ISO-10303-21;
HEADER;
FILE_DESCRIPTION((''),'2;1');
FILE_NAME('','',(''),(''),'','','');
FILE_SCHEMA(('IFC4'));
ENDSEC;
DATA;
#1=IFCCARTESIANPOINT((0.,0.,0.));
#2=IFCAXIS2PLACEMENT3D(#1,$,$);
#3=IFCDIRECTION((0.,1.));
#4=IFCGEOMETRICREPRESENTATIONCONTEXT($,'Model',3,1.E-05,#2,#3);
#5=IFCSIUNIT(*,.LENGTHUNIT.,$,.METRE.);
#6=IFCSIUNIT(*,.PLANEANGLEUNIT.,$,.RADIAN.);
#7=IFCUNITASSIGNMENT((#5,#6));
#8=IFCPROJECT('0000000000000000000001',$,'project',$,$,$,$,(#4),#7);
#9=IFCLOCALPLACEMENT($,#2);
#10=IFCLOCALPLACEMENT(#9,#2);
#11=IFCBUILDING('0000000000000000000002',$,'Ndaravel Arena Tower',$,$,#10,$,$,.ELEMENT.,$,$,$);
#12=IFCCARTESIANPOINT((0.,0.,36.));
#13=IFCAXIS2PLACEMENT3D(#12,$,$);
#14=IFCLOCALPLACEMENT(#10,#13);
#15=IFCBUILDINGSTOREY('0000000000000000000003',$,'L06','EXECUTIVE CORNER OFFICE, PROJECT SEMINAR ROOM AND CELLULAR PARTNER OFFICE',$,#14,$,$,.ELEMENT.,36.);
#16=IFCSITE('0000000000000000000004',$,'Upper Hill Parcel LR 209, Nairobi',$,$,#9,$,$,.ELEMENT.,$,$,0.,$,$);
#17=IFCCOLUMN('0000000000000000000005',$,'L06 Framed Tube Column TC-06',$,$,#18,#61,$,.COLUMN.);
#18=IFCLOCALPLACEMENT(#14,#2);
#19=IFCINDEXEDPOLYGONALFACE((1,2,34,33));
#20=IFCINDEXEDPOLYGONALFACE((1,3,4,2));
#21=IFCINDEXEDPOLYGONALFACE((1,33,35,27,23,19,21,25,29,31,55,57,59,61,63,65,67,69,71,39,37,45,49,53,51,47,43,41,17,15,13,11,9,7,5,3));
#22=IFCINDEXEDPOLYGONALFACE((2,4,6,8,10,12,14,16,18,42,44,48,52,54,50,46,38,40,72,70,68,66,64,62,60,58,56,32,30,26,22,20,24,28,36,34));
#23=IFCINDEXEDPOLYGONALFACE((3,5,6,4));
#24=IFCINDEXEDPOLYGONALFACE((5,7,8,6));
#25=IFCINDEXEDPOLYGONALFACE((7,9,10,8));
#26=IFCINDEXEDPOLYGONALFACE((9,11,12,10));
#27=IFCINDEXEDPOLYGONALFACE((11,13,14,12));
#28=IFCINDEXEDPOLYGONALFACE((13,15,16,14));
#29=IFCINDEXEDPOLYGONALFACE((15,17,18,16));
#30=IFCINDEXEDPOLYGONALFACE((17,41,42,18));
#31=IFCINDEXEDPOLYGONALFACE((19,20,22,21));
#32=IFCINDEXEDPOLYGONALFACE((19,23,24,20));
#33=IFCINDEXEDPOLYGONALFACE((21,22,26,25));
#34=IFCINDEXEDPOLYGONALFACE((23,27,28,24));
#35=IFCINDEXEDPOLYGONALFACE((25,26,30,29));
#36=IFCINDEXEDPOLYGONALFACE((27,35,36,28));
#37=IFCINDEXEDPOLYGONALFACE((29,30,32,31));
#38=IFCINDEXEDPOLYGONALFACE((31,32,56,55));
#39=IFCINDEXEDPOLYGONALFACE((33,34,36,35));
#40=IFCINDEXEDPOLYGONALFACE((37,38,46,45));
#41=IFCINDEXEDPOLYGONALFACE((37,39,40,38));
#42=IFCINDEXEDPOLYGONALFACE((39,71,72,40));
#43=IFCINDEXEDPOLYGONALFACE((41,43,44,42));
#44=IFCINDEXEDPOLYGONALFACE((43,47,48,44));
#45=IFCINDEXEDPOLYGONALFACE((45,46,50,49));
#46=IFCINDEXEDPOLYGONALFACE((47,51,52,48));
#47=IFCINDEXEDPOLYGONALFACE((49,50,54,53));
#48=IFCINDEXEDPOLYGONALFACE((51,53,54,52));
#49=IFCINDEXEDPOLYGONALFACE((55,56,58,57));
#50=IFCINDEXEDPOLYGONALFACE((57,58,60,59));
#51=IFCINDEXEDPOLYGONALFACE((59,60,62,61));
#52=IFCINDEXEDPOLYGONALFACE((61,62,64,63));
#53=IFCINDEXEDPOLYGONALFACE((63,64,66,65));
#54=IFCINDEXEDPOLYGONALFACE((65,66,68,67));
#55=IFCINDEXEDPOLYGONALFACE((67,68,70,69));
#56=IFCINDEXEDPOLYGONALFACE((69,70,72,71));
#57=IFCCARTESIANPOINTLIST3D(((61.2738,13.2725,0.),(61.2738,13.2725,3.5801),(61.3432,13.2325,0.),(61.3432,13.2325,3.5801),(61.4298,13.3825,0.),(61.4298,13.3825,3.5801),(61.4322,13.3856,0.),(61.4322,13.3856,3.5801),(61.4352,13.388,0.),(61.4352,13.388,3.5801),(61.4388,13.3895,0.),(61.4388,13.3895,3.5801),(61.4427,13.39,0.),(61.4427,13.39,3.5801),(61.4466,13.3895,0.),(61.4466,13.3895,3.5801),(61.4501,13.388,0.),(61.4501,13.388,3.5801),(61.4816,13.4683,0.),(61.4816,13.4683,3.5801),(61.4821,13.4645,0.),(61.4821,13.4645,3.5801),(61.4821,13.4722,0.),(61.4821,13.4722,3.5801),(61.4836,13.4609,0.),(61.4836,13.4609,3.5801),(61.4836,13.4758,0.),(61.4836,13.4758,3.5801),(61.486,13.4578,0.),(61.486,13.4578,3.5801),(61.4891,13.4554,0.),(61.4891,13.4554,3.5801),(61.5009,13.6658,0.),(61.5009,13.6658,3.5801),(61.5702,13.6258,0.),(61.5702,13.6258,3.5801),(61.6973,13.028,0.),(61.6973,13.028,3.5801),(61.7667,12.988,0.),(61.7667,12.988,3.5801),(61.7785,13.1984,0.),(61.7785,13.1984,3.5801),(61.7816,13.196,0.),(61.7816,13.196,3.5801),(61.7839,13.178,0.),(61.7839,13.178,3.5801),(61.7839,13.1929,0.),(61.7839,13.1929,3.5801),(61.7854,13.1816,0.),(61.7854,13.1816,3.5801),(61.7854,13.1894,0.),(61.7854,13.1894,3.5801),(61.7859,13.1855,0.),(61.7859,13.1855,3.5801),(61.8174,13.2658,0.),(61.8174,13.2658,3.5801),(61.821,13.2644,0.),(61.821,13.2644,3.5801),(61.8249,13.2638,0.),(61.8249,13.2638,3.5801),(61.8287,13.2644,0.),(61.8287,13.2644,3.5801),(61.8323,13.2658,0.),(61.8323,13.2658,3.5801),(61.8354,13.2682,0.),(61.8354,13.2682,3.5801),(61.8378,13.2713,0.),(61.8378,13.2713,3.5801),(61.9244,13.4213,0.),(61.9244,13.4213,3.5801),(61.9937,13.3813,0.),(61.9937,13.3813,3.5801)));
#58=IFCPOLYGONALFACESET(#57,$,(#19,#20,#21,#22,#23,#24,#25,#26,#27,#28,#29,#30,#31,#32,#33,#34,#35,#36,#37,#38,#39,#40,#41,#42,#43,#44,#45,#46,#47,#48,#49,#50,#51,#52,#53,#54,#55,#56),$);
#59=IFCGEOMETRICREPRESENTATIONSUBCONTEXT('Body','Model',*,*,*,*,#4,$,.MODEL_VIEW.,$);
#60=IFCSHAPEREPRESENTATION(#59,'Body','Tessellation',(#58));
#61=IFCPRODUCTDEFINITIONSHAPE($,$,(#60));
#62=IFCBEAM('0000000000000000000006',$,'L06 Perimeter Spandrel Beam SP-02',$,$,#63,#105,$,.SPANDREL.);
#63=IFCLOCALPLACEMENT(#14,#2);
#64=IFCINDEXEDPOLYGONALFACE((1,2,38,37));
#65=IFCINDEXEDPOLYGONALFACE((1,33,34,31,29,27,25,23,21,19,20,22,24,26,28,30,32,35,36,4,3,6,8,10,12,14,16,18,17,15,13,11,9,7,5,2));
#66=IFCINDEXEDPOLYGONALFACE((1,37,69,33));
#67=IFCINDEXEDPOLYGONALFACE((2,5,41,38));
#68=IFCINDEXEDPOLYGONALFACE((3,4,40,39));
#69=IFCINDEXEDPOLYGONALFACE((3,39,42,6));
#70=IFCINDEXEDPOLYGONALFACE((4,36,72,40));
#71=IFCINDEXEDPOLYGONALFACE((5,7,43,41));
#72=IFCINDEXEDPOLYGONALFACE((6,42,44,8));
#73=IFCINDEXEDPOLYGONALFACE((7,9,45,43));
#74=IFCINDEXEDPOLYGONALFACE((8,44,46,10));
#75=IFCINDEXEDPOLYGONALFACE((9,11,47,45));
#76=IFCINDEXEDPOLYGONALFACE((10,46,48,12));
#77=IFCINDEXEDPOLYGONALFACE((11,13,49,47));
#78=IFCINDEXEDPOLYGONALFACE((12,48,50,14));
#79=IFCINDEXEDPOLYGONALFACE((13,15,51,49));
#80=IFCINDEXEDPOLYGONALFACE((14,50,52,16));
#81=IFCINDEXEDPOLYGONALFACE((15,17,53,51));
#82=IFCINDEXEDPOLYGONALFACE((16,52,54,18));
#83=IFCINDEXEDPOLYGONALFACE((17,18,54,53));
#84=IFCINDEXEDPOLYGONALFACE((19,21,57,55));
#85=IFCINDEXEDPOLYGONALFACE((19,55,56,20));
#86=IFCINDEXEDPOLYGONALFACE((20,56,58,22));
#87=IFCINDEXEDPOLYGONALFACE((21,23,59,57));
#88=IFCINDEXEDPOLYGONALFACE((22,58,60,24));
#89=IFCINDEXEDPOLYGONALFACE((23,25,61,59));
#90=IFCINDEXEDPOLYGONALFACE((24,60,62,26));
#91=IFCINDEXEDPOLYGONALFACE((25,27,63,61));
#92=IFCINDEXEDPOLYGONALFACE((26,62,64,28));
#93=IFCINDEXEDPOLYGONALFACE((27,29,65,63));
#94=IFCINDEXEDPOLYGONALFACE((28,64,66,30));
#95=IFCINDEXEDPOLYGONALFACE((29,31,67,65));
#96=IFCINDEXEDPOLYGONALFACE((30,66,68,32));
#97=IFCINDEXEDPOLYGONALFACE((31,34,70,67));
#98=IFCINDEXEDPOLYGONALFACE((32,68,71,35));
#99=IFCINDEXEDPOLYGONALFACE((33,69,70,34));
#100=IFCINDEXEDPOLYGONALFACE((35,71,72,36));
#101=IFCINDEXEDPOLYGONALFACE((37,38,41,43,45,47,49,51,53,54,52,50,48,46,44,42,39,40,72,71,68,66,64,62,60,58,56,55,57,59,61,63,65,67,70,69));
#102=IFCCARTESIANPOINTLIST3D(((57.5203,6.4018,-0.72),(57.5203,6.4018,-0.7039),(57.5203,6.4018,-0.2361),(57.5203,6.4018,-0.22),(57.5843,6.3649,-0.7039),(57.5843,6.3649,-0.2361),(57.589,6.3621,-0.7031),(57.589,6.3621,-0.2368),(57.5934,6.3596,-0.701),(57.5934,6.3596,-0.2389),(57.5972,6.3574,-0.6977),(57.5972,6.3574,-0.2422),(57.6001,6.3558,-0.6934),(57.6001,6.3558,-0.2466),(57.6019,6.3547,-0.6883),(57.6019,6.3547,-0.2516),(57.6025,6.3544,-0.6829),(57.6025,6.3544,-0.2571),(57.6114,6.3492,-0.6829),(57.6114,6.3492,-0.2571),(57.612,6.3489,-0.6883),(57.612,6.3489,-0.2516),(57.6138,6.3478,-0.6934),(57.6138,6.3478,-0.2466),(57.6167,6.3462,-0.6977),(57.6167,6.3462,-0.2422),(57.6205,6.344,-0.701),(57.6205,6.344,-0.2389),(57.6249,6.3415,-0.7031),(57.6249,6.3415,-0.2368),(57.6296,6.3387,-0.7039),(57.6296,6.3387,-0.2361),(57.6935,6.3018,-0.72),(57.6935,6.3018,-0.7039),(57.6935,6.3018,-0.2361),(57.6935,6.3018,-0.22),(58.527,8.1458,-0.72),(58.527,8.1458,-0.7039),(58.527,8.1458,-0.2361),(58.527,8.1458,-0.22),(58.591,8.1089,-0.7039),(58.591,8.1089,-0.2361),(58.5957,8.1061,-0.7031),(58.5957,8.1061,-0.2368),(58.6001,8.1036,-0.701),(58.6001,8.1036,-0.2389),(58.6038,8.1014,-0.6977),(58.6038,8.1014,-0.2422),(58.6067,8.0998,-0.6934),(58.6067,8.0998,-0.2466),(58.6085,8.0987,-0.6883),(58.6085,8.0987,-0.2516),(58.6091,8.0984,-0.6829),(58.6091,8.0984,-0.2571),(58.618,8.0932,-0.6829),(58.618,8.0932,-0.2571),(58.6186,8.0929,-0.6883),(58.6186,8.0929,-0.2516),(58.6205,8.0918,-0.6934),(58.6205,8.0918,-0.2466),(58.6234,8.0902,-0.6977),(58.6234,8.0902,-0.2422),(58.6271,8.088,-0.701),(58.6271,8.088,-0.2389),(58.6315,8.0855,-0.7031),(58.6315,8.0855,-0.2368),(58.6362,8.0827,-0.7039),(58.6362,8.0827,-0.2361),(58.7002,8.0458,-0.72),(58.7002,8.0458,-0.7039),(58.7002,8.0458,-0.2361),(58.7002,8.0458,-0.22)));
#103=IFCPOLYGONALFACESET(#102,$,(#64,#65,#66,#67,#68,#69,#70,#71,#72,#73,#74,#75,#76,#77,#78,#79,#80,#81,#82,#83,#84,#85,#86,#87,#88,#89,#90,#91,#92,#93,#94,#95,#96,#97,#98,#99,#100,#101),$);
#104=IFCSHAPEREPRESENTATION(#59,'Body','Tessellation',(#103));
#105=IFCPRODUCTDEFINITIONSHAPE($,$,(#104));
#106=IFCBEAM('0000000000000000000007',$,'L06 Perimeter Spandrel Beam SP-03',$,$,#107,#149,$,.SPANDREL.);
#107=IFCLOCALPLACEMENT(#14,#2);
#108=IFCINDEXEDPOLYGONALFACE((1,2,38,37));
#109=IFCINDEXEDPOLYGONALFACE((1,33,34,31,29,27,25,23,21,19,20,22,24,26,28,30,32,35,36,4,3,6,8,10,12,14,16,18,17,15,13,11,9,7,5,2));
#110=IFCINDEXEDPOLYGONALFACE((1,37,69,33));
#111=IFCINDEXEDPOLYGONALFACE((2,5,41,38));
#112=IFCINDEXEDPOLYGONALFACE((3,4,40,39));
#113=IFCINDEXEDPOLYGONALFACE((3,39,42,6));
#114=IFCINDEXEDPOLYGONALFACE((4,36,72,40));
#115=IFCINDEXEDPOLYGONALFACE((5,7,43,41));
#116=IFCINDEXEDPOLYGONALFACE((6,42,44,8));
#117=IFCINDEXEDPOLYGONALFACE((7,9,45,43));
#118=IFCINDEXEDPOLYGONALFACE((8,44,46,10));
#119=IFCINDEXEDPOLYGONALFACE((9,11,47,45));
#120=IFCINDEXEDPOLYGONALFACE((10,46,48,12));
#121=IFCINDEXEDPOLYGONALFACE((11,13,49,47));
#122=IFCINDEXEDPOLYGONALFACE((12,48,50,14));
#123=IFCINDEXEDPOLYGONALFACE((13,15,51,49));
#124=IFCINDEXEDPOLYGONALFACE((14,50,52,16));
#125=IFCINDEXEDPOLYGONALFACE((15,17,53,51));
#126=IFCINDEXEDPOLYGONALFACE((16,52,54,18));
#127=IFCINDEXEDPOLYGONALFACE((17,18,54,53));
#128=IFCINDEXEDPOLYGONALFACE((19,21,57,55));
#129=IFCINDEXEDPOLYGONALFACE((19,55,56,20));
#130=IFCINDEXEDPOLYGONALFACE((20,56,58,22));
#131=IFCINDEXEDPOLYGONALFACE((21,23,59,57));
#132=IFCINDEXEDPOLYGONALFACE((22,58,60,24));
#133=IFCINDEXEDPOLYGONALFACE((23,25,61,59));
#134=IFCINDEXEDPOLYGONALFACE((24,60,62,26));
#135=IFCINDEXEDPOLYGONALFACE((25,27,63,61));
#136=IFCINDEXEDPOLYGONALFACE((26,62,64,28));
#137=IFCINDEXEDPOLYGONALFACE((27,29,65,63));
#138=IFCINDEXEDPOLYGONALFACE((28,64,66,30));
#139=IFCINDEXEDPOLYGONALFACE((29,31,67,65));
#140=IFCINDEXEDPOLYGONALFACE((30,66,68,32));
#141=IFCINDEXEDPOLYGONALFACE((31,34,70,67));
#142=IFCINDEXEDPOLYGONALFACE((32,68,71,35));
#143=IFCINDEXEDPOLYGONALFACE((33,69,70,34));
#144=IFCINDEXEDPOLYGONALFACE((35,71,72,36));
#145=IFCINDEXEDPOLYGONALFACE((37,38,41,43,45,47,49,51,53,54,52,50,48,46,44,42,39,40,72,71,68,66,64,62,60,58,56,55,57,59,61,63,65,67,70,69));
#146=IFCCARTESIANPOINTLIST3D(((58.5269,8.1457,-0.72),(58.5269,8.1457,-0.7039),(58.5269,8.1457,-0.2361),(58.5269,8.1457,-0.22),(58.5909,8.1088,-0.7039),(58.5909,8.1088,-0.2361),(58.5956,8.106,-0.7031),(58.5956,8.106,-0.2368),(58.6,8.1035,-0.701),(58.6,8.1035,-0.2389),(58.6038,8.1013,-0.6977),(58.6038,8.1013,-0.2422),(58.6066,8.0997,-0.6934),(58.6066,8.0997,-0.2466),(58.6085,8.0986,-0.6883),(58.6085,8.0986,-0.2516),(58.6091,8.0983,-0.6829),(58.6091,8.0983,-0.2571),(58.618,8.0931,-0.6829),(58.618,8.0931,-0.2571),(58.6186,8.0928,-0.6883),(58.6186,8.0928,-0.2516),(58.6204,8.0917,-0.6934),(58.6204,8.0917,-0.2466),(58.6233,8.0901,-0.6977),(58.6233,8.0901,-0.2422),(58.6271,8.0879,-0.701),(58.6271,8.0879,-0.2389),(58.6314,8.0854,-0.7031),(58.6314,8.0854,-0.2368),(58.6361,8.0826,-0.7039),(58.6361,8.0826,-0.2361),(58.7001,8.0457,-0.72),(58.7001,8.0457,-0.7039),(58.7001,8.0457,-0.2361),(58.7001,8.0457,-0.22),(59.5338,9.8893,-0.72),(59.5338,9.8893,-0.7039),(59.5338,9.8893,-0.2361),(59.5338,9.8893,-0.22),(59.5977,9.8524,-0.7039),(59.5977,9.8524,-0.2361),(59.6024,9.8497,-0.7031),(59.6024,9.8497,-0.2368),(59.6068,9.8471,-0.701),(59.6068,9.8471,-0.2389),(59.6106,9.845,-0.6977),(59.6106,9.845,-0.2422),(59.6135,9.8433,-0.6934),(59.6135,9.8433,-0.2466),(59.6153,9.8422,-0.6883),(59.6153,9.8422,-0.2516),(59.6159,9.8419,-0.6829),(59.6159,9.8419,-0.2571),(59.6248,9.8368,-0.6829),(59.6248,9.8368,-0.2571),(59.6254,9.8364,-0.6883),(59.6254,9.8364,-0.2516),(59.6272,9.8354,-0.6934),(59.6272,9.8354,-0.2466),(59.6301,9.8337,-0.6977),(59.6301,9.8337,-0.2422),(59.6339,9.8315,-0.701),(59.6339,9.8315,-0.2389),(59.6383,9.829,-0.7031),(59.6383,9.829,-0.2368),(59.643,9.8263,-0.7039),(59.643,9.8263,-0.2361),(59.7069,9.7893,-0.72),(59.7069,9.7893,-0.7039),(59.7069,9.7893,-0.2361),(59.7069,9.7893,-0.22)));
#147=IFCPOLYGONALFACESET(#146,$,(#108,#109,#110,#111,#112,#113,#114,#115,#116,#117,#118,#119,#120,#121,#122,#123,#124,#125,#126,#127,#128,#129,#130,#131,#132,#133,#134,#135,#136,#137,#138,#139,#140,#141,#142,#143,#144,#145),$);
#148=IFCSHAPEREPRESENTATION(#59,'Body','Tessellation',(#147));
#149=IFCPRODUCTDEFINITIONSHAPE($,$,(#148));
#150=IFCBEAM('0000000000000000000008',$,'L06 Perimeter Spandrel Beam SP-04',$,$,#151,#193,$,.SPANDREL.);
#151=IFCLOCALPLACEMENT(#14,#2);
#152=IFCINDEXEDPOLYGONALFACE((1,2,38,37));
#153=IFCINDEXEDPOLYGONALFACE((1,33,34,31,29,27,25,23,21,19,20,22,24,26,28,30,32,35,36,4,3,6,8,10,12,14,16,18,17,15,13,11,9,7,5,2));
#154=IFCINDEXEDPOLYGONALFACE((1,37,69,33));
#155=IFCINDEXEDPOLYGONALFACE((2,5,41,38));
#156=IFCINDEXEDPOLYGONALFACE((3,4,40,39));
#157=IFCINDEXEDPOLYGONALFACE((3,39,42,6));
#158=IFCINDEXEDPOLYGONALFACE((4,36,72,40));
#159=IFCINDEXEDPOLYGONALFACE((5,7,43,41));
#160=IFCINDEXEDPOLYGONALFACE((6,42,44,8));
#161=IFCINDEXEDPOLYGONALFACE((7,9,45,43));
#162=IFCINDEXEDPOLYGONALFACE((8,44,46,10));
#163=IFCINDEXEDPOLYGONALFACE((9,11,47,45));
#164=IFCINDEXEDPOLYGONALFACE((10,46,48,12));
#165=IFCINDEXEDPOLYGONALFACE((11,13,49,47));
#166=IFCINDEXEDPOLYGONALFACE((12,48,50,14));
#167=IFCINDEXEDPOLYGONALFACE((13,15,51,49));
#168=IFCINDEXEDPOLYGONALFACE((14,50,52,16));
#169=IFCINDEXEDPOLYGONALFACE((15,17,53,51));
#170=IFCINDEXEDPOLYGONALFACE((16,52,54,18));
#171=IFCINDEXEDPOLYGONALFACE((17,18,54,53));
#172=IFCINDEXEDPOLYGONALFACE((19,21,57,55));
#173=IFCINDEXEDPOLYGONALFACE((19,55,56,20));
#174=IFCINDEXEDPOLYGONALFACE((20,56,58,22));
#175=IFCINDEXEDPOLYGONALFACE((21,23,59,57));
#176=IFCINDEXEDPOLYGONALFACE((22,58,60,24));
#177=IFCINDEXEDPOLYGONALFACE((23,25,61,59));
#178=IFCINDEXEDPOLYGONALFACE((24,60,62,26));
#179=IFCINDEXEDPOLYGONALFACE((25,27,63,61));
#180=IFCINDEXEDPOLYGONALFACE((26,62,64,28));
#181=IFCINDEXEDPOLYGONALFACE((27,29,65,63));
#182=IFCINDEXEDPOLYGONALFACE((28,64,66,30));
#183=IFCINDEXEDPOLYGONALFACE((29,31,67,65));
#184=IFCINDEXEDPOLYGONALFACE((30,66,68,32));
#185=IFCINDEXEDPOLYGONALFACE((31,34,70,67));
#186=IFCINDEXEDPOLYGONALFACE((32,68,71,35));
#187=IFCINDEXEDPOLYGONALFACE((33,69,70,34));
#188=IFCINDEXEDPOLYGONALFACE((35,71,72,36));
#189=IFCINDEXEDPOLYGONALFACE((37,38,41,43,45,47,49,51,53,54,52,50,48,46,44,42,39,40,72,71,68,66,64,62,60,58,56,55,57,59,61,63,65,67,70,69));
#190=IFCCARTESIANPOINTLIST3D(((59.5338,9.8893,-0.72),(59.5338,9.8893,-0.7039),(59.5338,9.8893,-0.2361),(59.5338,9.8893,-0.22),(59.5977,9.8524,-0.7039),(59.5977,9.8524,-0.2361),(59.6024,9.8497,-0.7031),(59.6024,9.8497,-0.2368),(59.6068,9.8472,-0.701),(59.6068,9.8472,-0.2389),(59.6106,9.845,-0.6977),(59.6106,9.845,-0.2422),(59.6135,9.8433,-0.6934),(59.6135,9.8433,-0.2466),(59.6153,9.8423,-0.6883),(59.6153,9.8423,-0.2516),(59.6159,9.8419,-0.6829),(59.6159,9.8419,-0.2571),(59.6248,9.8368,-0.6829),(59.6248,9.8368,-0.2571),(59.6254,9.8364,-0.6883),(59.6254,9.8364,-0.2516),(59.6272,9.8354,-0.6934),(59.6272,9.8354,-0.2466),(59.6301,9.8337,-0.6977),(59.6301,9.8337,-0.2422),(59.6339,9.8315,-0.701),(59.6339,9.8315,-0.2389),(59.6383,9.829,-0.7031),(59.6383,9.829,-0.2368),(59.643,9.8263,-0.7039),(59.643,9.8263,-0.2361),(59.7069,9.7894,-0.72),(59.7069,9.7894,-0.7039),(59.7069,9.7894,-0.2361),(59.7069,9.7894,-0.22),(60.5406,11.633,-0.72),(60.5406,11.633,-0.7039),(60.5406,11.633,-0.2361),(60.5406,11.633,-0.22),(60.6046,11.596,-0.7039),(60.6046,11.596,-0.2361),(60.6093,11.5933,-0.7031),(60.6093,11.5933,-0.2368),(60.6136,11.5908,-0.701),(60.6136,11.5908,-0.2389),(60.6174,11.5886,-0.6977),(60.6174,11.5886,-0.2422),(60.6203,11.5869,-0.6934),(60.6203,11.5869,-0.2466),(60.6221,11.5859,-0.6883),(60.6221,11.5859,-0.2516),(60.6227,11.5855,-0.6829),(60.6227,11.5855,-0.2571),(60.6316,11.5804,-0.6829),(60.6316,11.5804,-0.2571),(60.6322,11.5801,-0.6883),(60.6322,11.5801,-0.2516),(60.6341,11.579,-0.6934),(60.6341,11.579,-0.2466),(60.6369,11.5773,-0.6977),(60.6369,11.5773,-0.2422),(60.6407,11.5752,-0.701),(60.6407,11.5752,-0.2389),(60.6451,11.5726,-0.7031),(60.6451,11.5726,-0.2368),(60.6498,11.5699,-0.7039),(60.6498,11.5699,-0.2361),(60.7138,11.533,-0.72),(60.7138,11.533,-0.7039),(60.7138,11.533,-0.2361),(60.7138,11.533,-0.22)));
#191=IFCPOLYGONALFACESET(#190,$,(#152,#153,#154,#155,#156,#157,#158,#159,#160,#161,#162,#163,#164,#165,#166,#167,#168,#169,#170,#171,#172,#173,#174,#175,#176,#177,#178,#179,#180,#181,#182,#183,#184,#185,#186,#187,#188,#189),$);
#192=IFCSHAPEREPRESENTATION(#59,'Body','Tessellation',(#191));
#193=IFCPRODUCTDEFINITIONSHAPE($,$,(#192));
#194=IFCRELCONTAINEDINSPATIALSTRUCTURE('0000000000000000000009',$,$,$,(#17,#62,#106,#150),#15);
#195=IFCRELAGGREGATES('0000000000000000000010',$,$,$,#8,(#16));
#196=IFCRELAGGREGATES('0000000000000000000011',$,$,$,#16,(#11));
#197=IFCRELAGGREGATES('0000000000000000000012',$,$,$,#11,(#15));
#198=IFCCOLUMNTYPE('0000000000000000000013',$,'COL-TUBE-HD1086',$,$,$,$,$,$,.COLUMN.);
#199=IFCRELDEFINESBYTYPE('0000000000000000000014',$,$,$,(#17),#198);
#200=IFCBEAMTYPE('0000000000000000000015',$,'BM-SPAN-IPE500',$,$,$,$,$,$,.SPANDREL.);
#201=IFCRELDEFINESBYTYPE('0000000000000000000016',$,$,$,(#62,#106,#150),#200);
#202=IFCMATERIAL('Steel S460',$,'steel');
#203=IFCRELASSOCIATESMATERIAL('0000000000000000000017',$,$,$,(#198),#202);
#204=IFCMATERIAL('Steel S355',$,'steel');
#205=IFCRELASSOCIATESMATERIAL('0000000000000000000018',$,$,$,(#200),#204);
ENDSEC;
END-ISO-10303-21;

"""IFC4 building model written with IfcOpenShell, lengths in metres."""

from ifc_helpers import new_model, si_unit, direction, frame, origin, origin_2d, place, context, subcontext, project, spatial, i_section, extrude, material, material_profile, profile_set, type_object, element, save


model = new_model("IFC4")

# Units and contexts
model_context = context("Model", 3, precision=1e-05, world=origin(), true_north=direction((0.0, 1.0)))
body_context = subcontext(model_context, "Body", "Model", "MODEL_VIEW")
ifc_project = project(units=[si_unit("LENGTHUNIT", "METRE"), si_unit("PLANEANGLEUNIT", "RADIAN")], contexts=[model_context])

# Site, building, storey
site_placement = place(None, origin())
site = spatial("IfcSite", under=ifc_project, at=site_placement, Name="Upper Hill Parcel LR 209, Nairobi", CompositionType="ELEMENT", RefElevation=0.0)
building_placement = place(site_placement, origin())
building = spatial("IfcBuilding", under=site, at=building_placement, Name="Ndaravel Arena Tower", CompositionType="ELEMENT")
storey_placement = place(building_placement, frame((0.0, 0.0, 36.0)))
storey = spatial("IfcBuildingStorey", under=building, at=storey_placement, Name="L06", Description="EXECUTIVE CORNER OFFICE, PROJECT SEMINAR ROOM AND CELLULAR PARTNER OFFICE", CompositionType="ELEMENT", Elevation=36.0)

# Column
ifc_material_1 = material(Name="Steel S460", Category="steel")
ifc_material_profile_1 = material_profile(ifc_material_1, i_section(OverallWidth=0.4541, OverallDepth=0.5691, WebThickness=0.0779, FlangeThickness=0.0801, FilletRadius=0.0149, at=origin_2d()), Name="HD 400x1086")
ifc_profile_set_1 = profile_set([ifc_material_profile_1], Name="Steel S460")
column_type = type_object("IfcColumnType", Name="COL-TUBE-HD1086", PredefinedType="COLUMN", material=ifc_profile_set_1)
for number, where, z_axis, x_axis, name in (
    (1, (61.6338, 13.3269, 0.0), (0.0, 0.0, 1.0), (0.5, 0.866025, 0.0), "L06 Framed Tube Column TC-06"),
):
    element("IfcColumn", number, at=place(storey_placement, frame(where, z_axis=z_axis, x_axis=x_axis)), inside=storey, type_object=column_type, Name=name, PredefinedType="COLUMN", context=body_context, shape_type="SweptSolid", body=[
        extrude(i_section(OverallWidth=0.4541, OverallDepth=0.5691, WebThickness=0.0779, FlangeThickness=0.0801, FilletRadius=0.0149, at=origin_2d()), origin(), (0.0, 0.0, 1.0), 3.5801),
    ])

# Beams
ifc_material_2 = material(Name="Steel S355", Category="steel")
ifc_material_profile_2 = material_profile(ifc_material_2, i_section(OverallWidth=0.2, OverallDepth=0.5, WebThickness=0.0103, FlangeThickness=0.0161, FilletRadius=0.021, at=origin_2d()), Name="IPE 500")
ifc_profile_set_2 = profile_set([ifc_material_profile_2], Name="Steel S355")
beam_type = type_object("IfcBeamType", Name="BM-SPAN-IPE500", PredefinedType="SPANDREL", material=ifc_profile_set_2)
beam_1_placement = place(storey_placement, frame((57.6069, 6.3518, -0.47), z_axis=(0.499908, 0.866079, 0.0), x_axis=(-0.866079, 0.499908, 0.0)))
element("IfcBeam", 2, at=beam_1_placement, inside=storey, type_object=beam_type, Name="L06 Perimeter Spandrel Beam SP-02", PredefinedType="SPANDREL", context=body_context, shape_type="SweptSolid", body=[
    extrude(i_section(OverallWidth=0.2, OverallDepth=0.5, WebThickness=0.0103, FlangeThickness=0.0161, FilletRadius=0.021, at=origin_2d()), origin(), (0.0, 0.0, 1.0), 2.0137),
])
for number, where, z_axis, x_axis, name in (
    (3, (58.6135, 8.0957, -0.47), (0.500051, 0.865996, 0.0), (-0.865996, 0.500051, 0.0), "L06 Perimeter Spandrel Beam SP-03"),
    (4, (59.6204, 9.8394, -0.47), (0.500051, 0.865996, 0.0), (-0.865996, 0.500051, 0.0), "L06 Perimeter Spandrel Beam SP-04"),
):
    element("IfcBeam", number, at=place(storey_placement, frame(where, z_axis=z_axis, x_axis=x_axis)), inside=storey, type_object=beam_type, Name=name, PredefinedType="SPANDREL", context=body_context, shape_type="SweptSolid", body=[
        extrude(i_section(OverallWidth=0.2, OverallDepth=0.5, WebThickness=0.0103, FlangeThickness=0.0161, FilletRadius=0.021, at=origin_2d()), origin(), (0.0, 0.0, 1.0), 2.0134),
    ])

save(model, "model.ifc")
